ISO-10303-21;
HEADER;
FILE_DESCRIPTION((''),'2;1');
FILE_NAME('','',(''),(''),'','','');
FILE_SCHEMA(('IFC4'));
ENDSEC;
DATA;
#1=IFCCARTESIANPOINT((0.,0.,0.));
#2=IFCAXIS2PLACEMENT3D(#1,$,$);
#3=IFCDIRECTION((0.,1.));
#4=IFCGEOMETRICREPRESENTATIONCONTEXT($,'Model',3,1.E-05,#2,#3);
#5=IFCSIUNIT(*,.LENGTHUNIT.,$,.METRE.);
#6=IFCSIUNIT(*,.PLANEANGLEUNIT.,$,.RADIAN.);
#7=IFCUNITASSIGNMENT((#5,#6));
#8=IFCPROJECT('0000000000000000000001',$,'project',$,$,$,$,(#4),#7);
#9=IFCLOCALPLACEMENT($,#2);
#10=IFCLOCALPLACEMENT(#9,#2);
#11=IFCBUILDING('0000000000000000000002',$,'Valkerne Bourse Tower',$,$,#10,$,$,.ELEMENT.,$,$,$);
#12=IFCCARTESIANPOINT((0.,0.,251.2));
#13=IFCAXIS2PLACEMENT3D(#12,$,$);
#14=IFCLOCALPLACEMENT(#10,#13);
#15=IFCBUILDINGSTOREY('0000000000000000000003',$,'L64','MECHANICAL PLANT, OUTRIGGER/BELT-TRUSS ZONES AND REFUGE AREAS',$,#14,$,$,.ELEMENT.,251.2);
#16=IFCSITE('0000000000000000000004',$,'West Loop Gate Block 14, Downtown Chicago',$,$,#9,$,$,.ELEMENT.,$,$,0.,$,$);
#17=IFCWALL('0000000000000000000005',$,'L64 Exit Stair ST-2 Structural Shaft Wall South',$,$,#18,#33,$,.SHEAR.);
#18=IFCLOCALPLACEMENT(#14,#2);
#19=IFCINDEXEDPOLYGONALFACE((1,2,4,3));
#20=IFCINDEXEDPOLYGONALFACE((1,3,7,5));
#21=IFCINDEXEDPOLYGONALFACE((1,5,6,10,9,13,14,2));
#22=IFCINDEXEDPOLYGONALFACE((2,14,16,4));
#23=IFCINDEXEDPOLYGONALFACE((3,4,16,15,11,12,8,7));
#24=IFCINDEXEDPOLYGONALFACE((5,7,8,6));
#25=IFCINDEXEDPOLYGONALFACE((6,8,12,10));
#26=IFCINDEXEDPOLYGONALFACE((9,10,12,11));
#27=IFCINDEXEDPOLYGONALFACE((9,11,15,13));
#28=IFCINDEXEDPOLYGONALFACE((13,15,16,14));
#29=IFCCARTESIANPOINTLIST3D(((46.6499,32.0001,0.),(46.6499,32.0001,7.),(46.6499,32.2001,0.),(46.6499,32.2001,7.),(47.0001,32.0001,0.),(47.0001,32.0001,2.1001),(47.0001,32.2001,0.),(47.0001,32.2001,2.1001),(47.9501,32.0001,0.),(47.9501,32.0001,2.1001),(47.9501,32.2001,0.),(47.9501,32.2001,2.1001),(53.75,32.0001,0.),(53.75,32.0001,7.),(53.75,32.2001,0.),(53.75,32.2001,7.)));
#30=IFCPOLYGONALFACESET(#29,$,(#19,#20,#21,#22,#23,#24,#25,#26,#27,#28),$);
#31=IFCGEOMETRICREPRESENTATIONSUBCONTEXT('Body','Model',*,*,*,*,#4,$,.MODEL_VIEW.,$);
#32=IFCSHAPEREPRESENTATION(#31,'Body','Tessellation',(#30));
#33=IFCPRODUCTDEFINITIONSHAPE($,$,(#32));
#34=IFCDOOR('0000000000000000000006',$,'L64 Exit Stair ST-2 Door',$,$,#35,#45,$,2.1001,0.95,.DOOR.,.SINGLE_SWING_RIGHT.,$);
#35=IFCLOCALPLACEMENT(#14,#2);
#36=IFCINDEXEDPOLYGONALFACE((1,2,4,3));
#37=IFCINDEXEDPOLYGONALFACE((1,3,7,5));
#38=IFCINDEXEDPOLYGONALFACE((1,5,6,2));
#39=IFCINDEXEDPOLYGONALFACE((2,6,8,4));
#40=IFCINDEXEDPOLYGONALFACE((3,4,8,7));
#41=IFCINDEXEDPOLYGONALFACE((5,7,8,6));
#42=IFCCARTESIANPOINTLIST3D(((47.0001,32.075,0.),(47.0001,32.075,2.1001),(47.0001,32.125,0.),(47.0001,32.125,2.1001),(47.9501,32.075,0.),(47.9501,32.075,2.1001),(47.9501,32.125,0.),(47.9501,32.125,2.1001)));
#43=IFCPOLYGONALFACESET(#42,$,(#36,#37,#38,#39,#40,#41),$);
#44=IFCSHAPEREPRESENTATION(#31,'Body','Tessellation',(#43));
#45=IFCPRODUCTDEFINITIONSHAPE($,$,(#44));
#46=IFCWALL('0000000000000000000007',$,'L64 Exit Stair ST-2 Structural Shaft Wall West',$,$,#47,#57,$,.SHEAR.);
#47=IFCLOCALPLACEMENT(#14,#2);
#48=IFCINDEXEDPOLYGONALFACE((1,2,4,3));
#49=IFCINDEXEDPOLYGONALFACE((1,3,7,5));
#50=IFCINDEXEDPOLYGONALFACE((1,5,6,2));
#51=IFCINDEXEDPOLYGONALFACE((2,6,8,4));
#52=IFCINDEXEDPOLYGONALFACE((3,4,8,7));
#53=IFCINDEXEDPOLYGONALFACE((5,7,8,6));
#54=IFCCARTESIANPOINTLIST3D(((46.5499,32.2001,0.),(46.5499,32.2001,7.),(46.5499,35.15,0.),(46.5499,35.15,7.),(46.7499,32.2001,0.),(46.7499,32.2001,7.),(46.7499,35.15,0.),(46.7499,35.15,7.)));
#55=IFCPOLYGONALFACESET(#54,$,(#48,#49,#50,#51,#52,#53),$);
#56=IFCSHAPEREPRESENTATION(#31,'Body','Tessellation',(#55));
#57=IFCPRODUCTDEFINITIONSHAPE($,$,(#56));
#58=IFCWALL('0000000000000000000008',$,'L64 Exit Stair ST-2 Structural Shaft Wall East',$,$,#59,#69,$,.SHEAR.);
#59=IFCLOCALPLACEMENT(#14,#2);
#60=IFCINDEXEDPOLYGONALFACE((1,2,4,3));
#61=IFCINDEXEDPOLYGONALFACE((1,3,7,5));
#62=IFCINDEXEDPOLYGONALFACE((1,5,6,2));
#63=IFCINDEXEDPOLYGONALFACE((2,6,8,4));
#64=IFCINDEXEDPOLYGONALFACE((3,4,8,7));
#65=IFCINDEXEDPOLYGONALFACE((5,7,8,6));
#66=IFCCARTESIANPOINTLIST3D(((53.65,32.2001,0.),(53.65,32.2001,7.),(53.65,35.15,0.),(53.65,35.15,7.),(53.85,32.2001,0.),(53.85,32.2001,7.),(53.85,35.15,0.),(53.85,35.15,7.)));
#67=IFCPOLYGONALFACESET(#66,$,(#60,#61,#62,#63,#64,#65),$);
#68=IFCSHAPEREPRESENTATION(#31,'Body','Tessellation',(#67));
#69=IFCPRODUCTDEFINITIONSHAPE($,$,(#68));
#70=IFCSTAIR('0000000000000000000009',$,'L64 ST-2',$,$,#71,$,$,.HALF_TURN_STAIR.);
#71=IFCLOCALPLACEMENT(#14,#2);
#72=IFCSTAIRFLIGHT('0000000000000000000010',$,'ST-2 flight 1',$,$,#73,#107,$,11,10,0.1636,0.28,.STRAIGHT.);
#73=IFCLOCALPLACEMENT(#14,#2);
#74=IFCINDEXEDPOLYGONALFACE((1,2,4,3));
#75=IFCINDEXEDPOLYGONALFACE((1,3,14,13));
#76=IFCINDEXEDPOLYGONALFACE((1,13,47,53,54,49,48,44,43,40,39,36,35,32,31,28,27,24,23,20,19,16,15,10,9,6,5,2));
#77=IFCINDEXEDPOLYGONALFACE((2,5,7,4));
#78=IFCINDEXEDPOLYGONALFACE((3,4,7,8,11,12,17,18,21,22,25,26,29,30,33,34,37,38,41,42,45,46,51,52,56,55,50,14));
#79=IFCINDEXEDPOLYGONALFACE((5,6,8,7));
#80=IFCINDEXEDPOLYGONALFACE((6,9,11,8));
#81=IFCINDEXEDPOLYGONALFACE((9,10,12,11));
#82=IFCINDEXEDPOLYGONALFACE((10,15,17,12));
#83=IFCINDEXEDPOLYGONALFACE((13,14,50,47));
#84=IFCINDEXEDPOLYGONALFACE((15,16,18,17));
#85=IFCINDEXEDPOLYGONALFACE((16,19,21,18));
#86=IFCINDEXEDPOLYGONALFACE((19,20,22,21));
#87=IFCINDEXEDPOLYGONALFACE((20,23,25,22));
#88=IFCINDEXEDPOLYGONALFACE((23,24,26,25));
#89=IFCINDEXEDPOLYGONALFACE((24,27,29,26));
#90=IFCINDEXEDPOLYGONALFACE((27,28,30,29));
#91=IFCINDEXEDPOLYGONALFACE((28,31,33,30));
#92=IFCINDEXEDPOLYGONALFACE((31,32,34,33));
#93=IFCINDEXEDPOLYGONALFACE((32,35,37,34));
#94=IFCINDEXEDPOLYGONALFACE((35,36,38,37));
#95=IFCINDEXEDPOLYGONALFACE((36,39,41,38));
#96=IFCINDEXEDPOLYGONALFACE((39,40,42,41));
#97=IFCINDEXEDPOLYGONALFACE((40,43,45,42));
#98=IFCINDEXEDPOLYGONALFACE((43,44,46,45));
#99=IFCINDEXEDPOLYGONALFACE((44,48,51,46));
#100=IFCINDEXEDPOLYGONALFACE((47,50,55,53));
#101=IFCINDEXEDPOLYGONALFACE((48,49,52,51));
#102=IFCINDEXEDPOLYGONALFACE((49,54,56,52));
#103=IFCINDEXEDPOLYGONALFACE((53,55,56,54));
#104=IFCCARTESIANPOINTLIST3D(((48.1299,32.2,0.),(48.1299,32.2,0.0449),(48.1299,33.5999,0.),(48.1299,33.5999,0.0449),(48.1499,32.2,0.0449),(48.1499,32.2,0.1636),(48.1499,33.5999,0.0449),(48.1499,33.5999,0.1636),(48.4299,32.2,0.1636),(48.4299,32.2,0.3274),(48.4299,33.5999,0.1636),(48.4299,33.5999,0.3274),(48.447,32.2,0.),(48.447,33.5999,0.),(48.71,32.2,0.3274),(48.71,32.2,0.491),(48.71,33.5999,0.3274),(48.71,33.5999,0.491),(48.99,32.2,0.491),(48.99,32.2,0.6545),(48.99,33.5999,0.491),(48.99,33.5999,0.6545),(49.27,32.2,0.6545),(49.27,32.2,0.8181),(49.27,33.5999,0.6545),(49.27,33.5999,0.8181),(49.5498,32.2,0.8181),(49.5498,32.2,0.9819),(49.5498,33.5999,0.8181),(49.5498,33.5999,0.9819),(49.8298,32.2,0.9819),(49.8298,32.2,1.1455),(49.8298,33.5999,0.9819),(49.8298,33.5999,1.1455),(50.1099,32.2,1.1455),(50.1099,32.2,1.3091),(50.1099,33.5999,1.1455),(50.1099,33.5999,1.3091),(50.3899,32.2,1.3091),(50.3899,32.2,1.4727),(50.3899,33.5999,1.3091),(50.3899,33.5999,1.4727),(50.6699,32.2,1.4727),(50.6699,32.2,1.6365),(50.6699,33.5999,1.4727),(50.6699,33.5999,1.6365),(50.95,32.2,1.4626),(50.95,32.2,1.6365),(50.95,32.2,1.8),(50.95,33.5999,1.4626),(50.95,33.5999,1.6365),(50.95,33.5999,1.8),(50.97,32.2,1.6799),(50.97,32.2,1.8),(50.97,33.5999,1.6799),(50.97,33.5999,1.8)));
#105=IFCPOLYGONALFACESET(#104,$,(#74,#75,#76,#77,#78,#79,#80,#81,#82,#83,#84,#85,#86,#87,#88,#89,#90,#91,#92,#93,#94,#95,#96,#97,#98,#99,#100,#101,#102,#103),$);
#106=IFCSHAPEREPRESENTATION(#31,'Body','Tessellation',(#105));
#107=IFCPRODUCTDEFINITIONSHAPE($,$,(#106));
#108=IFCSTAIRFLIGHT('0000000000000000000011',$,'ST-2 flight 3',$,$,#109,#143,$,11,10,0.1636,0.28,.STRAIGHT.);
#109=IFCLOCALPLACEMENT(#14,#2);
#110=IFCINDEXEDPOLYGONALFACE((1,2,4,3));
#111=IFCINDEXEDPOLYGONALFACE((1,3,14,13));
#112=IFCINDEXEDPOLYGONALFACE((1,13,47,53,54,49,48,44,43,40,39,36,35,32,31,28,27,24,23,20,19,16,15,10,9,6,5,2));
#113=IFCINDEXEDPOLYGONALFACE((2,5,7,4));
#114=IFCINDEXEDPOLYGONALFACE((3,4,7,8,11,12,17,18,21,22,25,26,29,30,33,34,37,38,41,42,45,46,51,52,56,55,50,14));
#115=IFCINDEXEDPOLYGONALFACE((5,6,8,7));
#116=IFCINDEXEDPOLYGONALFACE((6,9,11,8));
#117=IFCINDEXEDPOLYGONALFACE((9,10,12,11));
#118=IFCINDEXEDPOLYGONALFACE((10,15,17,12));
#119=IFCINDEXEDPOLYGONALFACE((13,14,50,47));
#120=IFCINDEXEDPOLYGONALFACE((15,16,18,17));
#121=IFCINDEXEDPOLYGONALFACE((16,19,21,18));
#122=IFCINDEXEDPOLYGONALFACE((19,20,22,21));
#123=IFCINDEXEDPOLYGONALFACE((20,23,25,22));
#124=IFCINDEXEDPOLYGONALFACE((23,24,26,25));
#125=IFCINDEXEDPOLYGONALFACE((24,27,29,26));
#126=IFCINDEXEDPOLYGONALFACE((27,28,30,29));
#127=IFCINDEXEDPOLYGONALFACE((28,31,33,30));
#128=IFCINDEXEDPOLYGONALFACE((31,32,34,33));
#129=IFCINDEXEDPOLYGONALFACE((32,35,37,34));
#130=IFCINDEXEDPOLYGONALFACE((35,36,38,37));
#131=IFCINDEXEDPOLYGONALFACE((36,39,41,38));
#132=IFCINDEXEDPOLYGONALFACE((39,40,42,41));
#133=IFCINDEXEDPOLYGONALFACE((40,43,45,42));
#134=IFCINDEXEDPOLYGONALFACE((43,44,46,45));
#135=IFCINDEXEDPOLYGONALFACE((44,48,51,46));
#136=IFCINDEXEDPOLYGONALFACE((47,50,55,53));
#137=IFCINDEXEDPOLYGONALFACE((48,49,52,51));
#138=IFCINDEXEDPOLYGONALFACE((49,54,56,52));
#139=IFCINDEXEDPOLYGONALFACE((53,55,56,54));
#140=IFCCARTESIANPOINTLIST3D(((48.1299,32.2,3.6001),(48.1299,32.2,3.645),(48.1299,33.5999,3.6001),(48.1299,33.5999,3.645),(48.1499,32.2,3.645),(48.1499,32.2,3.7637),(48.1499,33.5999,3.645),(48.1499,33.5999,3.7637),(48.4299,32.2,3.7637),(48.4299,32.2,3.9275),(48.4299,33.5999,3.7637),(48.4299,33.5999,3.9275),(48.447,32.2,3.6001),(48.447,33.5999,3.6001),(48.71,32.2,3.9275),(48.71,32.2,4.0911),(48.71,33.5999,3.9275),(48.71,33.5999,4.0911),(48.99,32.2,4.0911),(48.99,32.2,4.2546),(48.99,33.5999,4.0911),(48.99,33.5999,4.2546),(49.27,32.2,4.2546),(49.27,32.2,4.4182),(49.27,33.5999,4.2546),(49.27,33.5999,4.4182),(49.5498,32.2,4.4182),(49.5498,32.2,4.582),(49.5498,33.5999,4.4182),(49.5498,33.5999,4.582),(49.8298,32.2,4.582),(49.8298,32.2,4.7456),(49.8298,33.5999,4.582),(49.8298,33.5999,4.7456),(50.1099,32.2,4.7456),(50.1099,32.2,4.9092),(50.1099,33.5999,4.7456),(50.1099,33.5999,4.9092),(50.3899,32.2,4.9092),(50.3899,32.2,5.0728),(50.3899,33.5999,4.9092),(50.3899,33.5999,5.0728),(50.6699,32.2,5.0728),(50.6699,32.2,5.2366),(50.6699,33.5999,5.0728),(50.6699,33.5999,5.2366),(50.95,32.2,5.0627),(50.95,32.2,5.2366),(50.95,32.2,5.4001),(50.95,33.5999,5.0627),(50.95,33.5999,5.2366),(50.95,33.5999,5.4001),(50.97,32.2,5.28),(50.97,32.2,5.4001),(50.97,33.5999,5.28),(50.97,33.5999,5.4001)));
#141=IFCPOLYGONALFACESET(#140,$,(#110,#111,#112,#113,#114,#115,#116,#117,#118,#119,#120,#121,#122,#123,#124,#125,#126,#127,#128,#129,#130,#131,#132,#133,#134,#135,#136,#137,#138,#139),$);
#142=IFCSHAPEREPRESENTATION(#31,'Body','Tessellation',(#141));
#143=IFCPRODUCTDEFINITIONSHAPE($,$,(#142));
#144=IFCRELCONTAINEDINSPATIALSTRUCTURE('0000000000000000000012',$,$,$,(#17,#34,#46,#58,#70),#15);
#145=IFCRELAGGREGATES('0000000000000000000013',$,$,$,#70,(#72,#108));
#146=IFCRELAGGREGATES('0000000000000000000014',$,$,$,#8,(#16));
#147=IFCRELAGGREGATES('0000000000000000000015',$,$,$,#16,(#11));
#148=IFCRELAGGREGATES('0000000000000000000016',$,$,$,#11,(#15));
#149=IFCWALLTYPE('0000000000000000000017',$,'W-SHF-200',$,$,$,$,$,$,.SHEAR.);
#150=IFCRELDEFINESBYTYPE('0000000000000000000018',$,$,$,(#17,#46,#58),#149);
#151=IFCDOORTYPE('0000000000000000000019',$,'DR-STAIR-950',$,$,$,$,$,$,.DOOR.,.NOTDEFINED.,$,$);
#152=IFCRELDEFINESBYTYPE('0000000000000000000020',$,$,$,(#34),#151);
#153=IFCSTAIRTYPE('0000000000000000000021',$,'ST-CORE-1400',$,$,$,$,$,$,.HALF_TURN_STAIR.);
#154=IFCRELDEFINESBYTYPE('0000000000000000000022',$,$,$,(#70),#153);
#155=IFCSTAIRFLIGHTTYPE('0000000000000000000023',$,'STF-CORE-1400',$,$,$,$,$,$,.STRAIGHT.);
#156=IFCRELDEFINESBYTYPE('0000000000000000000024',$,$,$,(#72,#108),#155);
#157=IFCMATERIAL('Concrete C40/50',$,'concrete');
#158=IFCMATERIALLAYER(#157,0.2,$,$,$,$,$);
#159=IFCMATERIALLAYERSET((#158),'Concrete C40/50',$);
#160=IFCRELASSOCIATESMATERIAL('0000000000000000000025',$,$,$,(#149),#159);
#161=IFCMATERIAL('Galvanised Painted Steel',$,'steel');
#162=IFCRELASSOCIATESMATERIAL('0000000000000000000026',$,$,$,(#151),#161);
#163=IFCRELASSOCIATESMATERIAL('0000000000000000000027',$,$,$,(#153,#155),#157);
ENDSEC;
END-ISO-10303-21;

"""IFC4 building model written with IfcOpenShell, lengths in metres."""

from ifc_helpers import new_model, si_unit, direction, frame, frame_2d, origin, place, context, subcontext, project, spatial, polyline, rectangle, outline, extrude, material, layer, layer_set, type_object, element, fill, aggregate, save


model = new_model("IFC4")

# Units and contexts
model_context = context("Model", 3, precision=1e-05, world=origin(), true_north=direction((0.0, 1.0)))
body_context = subcontext(model_context, "Body", "Model", "MODEL_VIEW")
ifc_project = project(units=[si_unit("LENGTHUNIT", "METRE"), si_unit("PLANEANGLEUNIT", "RADIAN")], contexts=[model_context])

# Site, building, storey
site_placement = place(None, origin())
site = spatial("IfcSite", under=ifc_project, at=site_placement, Name="West Loop Gate Block 14, Downtown Chicago", CompositionType="ELEMENT", RefElevation=0.0)
building_placement = place(site_placement, origin())
building = spatial("IfcBuilding", under=site, at=building_placement, Name="Valkerne Bourse Tower", CompositionType="ELEMENT")
storey_placement = place(building_placement, frame((0.0, 0.0, 251.2)))
storey = spatial("IfcBuildingStorey", under=building, at=storey_placement, Name="L64", Description="MECHANICAL PLANT, OUTRIGGER/BELT-TRUSS ZONES AND REFUGE AREAS", CompositionType="ELEMENT", Elevation=251.2)

# Shared definitions
ifc_material_1 = material(Name="Galvanised Painted Steel", Category="steel")

# Wall, opening, door
ifc_material_2 = material(Name="Concrete C40/50", Category="concrete")
ifc_layer_1 = layer(ifc_material_2, 0.2)
ifc_layer_set_1 = layer_set([ifc_layer_1], Name="Concrete C40/50")
wall_type_1 = type_object("IfcWallType", Name="W-SHF-200", PredefinedType="SHEAR", material=ifc_layer_set_1)
wall_1_placement = place(storey_placement, frame((46.6499, 32.1001, 0.0), z_axis=(0.0, 0.0, 1.0), x_axis=(1.0, 0.0, 0.0)))
wall_1 = element("IfcWall", 1, at=wall_1_placement, inside=storey, type_object=wall_type_1, Name="L64 Exit Stair ST-2 Structural Shaft Wall South", PredefinedType="SHEAR", context=body_context, shape_type="SweptSolid", body=[
    extrude(rectangle(XDim=7.1001, YDim=0.2, at=frame_2d((3.55, 0.0))), origin(), (0.0, 0.0, 1.0), 7.0),
])
opening_1_placement = place(wall_1_placement, frame((0.3501, 0.0, 0.0)))
opening_1 = element("IfcOpeningElement", 2, at=opening_1_placement, cuts=wall_1, PredefinedType="OPENING", context=body_context, shape_type="SweptSolid", body=[
    extrude(rectangle(XDim=0.95, YDim=2.1001, at=frame_2d((0.4751, 1.05))), frame((0.0, 0.1099, 0.0), z_axis=(0.0, -1.0, 0.0), x_axis=(1.0, 0.0, 0.0)), (0.0, 0.0, 1.0), 0.22),
])
door_type_1 = type_object("IfcDoorType", Name="DR-STAIR-950", OperationType="NOTDEFINED", PredefinedType="DOOR", material=ifc_material_1)
door_1_placement = place(opening_1_placement, origin())
door_1 = element("IfcDoor", 3, at=door_1_placement, inside=storey, type_object=door_type_1, Name="L64 Exit Stair ST-2 Door", OperationType="SINGLE_SWING_RIGHT", OverallHeight=2.1001, OverallWidth=0.95, PredefinedType="DOOR", context=body_context, shape_type="SweptSolid", body=[
    extrude(rectangle(XDim=0.95, YDim=2.1001, at=frame_2d((0.4751, 1.05))), frame((0.0, 0.0249, 0.0), z_axis=(0.0, -1.0, 0.0), x_axis=(1.0, 0.0, 0.0)), (0.0, 0.0, 1.0), 0.05),
])
fill(opening_1, door_1)

# Walls
for number, where, z_axis, x_axis, name in (
    (4, (46.6499, 32.2, 0.0), (0.0, 0.0, 1.0), (0.0, 1.0, 0.0), "L64 Exit Stair ST-2 Structural Shaft Wall West"),
    (5, (53.75, 32.2, 0.0), (0.0, 0.0, 1.0), (0.0, 1.0, 0.0), "L64 Exit Stair ST-2 Structural Shaft Wall East"),
):
    element("IfcWall", number, at=place(storey_placement, frame(where, z_axis=z_axis, x_axis=x_axis)), inside=storey, type_object=wall_type_1, Name=name, PredefinedType="SHEAR", context=body_context, shape_type="SweptSolid", body=[
        extrude(rectangle(XDim=2.95, YDim=0.2, at=frame_2d((1.4751, 0.0))), origin(), (0.0, 0.0, 1.0), 7.0),
    ])

# Stair, stair flights
stair_type = type_object("IfcStairType", Name="ST-CORE-1400", PredefinedType="HALF_TURN_STAIR", material=ifc_material_2)
stair_placement = place(storey_placement, origin())
stair = element("IfcStair", 6, at=stair_placement, inside=storey, type_object=stair_type, Name="L64 ST-2", PredefinedType="HALF_TURN_STAIR")
stair_flight_type = type_object("IfcStairFlightType", Name="STF-CORE-1400", PredefinedType="STRAIGHT", material=ifc_material_2)
stair_flight_1_placement = place(storey_placement, frame((48.1499, 32.8999, 0.0), z_axis=(0.0, 0.0, 1.0), x_axis=(1.0, 0.0, 0.0)))
stair_flight_1 = element("IfcStairFlight", 7, at=stair_flight_1_placement, type_object=stair_flight_type, Name="ST-2 flight 1", NumberOfRisers=11, NumberOfTreads=10, PredefinedType="STRAIGHT", RiserHeight=0.1636, TreadLength=0.28, context=body_context, shape_type="SweptSolid", body=[
    extrude(outline(polyline([(-0.02, 0.0), (-0.02, 0.0449), (0.0, 0.0449), (0.0, 0.1636), (0.28, 0.1636), (0.28, 0.3274), (0.5601, 0.3274), (0.5601, 0.491), (0.8401, 0.491), (0.8401, 0.6545), (1.1201, 0.6545), (1.1201, 0.8181), (1.3999, 0.8181), (1.3999, 0.9819), (1.6799, 0.9819), (1.6799, 1.1455), (1.96, 1.1455), (1.96, 1.3091), (2.24, 1.3091), (2.24, 1.4727), (2.52, 1.4727), (2.52, 1.6365), (2.8, 1.6365), (2.8, 1.8), (2.8201, 1.8), (2.8201, 1.6799), (2.8, 1.4626), (0.2971, 0.0), (-0.02, 0.0)])), frame((0.0, 0.7, 0.0), z_axis=(0.0, -1.0, 0.0), x_axis=(1.0, 0.0, 0.0)), (0.0, 0.0, 1.0), 1.3999),
])
stair_flight_2_placement = place(storey_placement, frame((48.1499, 32.8999, 3.6001), z_axis=(0.0, 0.0, 1.0), x_axis=(1.0, 0.0, 0.0)))
stair_flight_2 = element("IfcStairFlight", 8, at=stair_flight_2_placement, type_object=stair_flight_type, Name="ST-2 flight 3", NumberOfRisers=11, NumberOfTreads=10, PredefinedType="STRAIGHT", RiserHeight=0.1636, TreadLength=0.28, context=body_context, shape_type="SweptSolid", body=[
    extrude(outline(polyline([(-0.02, 0.0), (-0.02, 0.0449), (0.0, 0.0449), (0.0, 0.1636), (0.28, 0.1636), (0.28, 0.3274), (0.5601, 0.3274), (0.5601, 0.491), (0.8401, 0.491), (0.8401, 0.6545), (1.1201, 0.6545), (1.1201, 0.8181), (1.3999, 0.8181), (1.3999, 0.9819), (1.6799, 0.9819), (1.6799, 1.1455), (1.96, 1.1455), (1.96, 1.3091), (2.24, 1.3091), (2.24, 1.4727), (2.52, 1.4727), (2.52, 1.6365), (2.8, 1.6365), (2.8, 1.8), (2.8201, 1.8), (2.8201, 1.6799), (2.8, 1.4626), (0.2971, 0.0), (-0.02, 0.0)])), frame((0.0, 0.7, 0.0), z_axis=(0.0, -1.0, 0.0), x_axis=(1.0, 0.0, 0.0)), (0.0, 0.0, 1.0), 1.3999),
])
aggregate(stair, [stair_flight_1, stair_flight_2])

save(model, "model.ifc")
